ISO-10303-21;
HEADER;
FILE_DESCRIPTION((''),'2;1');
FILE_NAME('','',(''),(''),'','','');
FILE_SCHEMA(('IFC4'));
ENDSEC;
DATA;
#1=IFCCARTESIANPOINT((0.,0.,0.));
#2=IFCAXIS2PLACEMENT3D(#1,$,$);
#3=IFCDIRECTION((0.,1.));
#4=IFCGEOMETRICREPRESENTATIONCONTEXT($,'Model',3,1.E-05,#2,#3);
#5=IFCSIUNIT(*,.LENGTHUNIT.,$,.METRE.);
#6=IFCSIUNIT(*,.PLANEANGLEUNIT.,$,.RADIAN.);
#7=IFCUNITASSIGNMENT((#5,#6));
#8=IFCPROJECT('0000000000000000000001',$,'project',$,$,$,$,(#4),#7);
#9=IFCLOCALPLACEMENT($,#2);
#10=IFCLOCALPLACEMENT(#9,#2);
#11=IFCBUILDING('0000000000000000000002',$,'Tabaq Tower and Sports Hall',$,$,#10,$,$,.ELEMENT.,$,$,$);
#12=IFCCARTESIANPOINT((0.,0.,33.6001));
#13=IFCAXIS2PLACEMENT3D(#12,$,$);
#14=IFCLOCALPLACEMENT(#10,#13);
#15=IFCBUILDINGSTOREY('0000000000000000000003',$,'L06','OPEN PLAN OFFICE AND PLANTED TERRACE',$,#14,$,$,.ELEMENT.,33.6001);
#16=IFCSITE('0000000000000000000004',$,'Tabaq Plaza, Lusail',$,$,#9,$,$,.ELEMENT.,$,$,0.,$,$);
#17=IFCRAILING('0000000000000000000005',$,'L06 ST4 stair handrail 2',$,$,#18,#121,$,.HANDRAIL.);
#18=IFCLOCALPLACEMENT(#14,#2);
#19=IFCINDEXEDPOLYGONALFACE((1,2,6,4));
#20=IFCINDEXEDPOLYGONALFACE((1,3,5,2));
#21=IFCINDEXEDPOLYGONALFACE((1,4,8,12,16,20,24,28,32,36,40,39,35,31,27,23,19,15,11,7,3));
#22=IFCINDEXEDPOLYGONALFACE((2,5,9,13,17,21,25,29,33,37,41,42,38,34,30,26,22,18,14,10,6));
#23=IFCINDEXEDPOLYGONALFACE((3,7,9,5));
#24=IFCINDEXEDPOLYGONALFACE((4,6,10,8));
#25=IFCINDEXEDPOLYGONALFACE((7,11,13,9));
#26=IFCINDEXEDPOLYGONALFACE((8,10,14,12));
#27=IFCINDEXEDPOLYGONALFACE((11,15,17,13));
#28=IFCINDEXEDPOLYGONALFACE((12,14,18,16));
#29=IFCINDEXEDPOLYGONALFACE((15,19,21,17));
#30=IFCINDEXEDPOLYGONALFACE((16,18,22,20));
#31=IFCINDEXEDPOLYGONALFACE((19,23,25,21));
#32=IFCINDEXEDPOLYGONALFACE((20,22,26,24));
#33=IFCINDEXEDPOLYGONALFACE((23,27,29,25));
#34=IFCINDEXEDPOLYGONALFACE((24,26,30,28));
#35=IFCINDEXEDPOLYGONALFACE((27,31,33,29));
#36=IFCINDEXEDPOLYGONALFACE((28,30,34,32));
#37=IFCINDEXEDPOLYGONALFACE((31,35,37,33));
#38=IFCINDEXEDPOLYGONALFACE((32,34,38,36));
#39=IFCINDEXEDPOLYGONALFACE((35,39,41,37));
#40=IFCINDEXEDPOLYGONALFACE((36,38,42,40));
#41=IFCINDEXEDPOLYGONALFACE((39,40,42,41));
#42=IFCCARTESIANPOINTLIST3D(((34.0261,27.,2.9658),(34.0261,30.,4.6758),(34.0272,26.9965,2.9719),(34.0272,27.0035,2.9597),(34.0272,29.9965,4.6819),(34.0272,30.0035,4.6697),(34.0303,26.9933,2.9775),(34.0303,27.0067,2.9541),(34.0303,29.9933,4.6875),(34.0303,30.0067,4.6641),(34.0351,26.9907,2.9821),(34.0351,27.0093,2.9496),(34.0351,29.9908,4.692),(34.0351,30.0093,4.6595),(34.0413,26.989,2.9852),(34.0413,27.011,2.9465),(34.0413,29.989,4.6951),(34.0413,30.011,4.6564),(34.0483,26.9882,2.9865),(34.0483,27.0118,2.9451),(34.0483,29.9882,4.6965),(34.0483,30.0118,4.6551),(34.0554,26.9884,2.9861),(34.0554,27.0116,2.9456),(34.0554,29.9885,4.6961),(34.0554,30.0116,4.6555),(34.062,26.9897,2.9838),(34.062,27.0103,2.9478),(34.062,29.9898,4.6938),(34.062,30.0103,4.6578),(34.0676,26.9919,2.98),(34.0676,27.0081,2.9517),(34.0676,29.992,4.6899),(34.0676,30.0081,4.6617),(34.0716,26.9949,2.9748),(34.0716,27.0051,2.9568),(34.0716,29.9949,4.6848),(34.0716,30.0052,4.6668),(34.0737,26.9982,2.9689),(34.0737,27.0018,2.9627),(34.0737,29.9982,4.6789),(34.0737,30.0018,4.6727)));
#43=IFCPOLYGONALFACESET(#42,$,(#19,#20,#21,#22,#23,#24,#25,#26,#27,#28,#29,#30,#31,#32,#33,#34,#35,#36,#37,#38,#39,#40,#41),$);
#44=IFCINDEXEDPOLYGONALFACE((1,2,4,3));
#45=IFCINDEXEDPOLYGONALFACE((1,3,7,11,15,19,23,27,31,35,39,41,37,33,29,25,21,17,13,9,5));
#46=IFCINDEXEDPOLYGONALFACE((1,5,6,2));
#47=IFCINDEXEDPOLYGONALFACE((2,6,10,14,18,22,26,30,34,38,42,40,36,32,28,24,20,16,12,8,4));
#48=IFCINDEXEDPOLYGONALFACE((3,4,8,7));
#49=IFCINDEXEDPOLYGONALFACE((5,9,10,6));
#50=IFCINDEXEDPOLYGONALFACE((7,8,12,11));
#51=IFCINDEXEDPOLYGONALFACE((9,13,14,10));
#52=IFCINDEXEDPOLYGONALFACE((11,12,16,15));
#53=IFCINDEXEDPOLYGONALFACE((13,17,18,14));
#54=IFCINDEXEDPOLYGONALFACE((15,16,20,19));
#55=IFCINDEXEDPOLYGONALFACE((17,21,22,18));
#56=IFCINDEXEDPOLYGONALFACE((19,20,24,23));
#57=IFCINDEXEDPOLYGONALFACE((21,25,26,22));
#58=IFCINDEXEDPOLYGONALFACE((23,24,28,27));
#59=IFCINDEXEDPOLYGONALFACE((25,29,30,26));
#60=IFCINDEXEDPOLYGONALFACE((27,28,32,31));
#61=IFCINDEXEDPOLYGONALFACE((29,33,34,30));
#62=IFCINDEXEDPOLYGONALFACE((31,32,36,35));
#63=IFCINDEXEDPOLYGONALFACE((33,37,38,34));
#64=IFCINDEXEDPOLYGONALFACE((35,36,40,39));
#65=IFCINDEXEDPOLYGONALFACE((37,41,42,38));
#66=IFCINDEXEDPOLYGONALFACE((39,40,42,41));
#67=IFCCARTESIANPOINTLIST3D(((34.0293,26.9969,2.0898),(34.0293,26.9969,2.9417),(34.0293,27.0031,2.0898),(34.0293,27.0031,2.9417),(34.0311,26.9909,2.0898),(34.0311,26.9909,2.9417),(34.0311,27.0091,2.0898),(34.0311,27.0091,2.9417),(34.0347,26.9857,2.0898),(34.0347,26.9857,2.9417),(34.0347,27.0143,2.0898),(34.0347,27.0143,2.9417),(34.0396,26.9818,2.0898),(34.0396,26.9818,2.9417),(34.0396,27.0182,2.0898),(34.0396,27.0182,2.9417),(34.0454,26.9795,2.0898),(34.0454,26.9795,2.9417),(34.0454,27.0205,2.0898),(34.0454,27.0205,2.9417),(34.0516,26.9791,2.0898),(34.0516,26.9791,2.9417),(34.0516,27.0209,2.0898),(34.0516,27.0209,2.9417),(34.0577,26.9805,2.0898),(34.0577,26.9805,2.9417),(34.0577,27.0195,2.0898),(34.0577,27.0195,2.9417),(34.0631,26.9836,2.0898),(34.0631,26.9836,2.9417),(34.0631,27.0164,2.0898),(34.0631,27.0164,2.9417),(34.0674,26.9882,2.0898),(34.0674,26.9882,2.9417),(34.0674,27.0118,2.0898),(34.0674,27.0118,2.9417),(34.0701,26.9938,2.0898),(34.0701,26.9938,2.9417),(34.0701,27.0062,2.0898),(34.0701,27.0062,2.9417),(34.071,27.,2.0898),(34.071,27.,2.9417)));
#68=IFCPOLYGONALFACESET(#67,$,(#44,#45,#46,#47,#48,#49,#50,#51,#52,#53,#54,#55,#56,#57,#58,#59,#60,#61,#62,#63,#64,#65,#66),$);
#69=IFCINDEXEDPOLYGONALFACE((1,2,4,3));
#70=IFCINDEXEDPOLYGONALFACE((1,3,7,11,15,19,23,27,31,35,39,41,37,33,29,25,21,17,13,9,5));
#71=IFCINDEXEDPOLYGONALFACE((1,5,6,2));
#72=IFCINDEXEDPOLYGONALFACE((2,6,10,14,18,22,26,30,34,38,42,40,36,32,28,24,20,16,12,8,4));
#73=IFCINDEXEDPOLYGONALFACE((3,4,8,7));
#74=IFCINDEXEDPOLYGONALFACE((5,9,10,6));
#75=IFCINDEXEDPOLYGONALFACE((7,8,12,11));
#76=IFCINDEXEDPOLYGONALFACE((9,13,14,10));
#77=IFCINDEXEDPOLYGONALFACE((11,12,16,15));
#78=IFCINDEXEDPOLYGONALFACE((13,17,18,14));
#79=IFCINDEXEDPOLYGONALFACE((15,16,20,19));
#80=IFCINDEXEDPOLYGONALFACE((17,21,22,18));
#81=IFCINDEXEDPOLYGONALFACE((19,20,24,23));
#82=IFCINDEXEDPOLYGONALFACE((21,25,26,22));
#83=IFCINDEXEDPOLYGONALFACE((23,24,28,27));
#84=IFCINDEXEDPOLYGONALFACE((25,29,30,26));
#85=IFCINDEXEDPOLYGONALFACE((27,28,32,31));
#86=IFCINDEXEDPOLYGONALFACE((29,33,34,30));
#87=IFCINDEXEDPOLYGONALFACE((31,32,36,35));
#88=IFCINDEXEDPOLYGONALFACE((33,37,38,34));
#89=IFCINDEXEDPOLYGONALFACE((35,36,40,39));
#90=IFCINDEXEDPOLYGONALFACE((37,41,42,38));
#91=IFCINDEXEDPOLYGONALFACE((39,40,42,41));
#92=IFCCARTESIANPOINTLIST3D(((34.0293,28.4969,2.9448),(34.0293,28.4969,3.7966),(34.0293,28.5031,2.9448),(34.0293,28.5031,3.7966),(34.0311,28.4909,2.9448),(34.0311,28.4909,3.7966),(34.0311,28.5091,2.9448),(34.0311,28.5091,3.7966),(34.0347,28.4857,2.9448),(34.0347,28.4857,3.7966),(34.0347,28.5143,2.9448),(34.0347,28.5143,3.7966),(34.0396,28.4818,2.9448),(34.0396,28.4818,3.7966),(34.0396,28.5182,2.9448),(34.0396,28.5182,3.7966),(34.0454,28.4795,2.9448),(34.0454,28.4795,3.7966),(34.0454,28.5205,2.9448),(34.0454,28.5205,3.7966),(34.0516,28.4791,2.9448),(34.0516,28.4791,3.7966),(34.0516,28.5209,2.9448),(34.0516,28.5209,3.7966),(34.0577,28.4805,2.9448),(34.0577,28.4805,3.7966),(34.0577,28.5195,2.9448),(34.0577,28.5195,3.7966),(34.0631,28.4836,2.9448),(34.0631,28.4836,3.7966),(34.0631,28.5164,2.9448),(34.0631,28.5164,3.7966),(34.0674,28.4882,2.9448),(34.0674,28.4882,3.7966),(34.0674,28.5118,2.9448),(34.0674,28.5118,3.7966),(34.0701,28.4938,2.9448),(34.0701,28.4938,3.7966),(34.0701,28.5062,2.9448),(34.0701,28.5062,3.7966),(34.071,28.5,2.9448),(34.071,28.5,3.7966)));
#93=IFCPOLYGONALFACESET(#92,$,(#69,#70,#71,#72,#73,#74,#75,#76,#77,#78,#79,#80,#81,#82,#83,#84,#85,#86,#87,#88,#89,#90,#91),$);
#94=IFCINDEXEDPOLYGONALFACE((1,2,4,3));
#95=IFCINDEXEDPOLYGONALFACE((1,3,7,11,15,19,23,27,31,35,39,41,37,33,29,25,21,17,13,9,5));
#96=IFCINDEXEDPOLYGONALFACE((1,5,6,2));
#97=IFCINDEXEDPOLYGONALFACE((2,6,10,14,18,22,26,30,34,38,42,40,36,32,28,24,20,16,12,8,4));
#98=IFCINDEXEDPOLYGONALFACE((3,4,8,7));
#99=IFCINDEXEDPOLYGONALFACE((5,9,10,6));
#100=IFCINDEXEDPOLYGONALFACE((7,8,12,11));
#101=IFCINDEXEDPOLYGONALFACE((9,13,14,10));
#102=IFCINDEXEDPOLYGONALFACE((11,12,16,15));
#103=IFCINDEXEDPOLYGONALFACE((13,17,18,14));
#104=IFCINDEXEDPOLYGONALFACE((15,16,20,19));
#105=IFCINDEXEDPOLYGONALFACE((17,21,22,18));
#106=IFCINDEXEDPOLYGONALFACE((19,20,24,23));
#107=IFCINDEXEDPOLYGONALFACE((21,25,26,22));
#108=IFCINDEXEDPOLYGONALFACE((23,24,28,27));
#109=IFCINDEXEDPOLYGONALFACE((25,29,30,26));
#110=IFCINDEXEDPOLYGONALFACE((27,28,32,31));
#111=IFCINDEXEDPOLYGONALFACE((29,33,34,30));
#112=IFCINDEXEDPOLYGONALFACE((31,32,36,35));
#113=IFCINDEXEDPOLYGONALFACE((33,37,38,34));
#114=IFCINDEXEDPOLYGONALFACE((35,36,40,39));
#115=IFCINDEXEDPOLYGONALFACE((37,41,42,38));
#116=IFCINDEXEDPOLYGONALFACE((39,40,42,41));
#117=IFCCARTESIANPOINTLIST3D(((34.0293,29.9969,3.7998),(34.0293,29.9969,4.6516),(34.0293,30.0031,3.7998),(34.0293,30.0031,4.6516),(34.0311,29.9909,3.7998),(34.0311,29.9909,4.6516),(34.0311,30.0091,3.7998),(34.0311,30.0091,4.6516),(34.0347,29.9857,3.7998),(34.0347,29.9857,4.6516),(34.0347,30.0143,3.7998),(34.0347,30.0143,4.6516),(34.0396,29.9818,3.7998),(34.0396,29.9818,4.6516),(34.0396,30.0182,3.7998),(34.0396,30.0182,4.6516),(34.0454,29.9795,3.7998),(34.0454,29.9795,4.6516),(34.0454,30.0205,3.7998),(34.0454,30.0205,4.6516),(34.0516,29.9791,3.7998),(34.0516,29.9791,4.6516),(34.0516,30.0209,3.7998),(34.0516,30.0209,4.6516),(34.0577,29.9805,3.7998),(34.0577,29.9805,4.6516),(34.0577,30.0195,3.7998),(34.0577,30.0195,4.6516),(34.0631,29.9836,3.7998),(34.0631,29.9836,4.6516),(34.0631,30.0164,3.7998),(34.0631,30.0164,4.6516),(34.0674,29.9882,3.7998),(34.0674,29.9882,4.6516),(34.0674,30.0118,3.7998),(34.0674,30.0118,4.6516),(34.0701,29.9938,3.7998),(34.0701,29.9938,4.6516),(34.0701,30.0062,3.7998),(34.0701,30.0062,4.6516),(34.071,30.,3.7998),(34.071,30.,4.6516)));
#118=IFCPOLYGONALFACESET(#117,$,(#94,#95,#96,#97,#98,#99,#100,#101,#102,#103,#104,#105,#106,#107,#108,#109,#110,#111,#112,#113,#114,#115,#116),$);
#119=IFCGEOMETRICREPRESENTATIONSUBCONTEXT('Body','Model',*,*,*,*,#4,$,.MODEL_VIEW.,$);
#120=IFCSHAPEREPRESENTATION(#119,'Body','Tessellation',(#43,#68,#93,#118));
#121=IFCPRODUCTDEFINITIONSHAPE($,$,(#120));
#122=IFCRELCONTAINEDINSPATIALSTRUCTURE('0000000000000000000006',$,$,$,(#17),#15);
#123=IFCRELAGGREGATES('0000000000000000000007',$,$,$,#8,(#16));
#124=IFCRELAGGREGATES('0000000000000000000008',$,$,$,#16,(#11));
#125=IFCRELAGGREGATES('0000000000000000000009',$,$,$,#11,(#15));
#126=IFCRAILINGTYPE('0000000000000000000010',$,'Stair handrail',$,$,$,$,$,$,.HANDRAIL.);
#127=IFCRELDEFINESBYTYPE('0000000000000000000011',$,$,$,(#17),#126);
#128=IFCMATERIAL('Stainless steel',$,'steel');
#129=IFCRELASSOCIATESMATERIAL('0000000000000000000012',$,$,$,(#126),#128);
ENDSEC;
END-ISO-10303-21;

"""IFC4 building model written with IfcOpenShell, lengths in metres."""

from ifc_helpers import new_model, si_unit, direction, frame, origin, origin_2d, place, context, subcontext, project, spatial, circle, extrude, material, type_object, element, save


model = new_model("IFC4")

# Units and contexts
model_context = context("Model", 3, precision=1e-05, world=origin(), true_north=direction((0.0, 1.0)))
body_context = subcontext(model_context, "Body", "Model", "MODEL_VIEW")
ifc_project = project(units=[si_unit("LENGTHUNIT", "METRE"), si_unit("PLANEANGLEUNIT", "RADIAN")], contexts=[model_context])

# Site, building, storey
site_placement = place(None, origin())
site = spatial("IfcSite", under=ifc_project, at=site_placement, Name="Tabaq Plaza, Lusail", CompositionType="ELEMENT", RefElevation=0.0)
building_placement = place(site_placement, origin())
building = spatial("IfcBuilding", under=site, at=building_placement, Name="Tabaq Tower and Sports Hall", CompositionType="ELEMENT")
storey_placement = place(building_placement, frame((0.0, 0.0, 33.6001)))
storey = spatial("IfcBuildingStorey", under=building, at=storey_placement, Name="L06", Description="OPEN PLAN OFFICE AND PLANTED TERRACE", CompositionType="ELEMENT", Elevation=33.6001)

# Railing
ifc_material_1 = material(Name="Stainless steel", Category="steel")
railing_type = type_object("IfcRailingType", Name="Stair handrail", PredefinedType="HANDRAIL", material=ifc_material_1)
railing_1_placement = place(storey_placement, frame((34.05, 27.0, 2.0898)))
element("IfcRailing", 1, at=railing_1_placement, inside=storey, type_object=railing_type, Name="L06 ST4 stair handrail 2", PredefinedType="HANDRAIL", context=body_context, shape_type="SweptSolid", body=[
    extrude(circle(Radius=0.0239, at=origin_2d()), frame((0.0, 0.0, 0.876), z_axis=(0.0, 0.868782, 0.495195), x_axis=(-1.0, 0.0, 0.0)), (0.0, 0.0, 1.0), 3.4531),
    extrude(circle(Radius=0.021, at=origin_2d()), origin(), (0.0, 0.0, 1.0), 0.8518),
    extrude(circle(Radius=0.021, at=origin_2d()), frame((0.0, 1.5, 0.855)), (0.0, 0.0, 1.0), 0.8518),
    extrude(circle(Radius=0.021, at=origin_2d()), frame((0.0, 3.0, 1.71)), (0.0, 0.0, 1.0), 0.8518),
])

save(model, "model.ifc")
